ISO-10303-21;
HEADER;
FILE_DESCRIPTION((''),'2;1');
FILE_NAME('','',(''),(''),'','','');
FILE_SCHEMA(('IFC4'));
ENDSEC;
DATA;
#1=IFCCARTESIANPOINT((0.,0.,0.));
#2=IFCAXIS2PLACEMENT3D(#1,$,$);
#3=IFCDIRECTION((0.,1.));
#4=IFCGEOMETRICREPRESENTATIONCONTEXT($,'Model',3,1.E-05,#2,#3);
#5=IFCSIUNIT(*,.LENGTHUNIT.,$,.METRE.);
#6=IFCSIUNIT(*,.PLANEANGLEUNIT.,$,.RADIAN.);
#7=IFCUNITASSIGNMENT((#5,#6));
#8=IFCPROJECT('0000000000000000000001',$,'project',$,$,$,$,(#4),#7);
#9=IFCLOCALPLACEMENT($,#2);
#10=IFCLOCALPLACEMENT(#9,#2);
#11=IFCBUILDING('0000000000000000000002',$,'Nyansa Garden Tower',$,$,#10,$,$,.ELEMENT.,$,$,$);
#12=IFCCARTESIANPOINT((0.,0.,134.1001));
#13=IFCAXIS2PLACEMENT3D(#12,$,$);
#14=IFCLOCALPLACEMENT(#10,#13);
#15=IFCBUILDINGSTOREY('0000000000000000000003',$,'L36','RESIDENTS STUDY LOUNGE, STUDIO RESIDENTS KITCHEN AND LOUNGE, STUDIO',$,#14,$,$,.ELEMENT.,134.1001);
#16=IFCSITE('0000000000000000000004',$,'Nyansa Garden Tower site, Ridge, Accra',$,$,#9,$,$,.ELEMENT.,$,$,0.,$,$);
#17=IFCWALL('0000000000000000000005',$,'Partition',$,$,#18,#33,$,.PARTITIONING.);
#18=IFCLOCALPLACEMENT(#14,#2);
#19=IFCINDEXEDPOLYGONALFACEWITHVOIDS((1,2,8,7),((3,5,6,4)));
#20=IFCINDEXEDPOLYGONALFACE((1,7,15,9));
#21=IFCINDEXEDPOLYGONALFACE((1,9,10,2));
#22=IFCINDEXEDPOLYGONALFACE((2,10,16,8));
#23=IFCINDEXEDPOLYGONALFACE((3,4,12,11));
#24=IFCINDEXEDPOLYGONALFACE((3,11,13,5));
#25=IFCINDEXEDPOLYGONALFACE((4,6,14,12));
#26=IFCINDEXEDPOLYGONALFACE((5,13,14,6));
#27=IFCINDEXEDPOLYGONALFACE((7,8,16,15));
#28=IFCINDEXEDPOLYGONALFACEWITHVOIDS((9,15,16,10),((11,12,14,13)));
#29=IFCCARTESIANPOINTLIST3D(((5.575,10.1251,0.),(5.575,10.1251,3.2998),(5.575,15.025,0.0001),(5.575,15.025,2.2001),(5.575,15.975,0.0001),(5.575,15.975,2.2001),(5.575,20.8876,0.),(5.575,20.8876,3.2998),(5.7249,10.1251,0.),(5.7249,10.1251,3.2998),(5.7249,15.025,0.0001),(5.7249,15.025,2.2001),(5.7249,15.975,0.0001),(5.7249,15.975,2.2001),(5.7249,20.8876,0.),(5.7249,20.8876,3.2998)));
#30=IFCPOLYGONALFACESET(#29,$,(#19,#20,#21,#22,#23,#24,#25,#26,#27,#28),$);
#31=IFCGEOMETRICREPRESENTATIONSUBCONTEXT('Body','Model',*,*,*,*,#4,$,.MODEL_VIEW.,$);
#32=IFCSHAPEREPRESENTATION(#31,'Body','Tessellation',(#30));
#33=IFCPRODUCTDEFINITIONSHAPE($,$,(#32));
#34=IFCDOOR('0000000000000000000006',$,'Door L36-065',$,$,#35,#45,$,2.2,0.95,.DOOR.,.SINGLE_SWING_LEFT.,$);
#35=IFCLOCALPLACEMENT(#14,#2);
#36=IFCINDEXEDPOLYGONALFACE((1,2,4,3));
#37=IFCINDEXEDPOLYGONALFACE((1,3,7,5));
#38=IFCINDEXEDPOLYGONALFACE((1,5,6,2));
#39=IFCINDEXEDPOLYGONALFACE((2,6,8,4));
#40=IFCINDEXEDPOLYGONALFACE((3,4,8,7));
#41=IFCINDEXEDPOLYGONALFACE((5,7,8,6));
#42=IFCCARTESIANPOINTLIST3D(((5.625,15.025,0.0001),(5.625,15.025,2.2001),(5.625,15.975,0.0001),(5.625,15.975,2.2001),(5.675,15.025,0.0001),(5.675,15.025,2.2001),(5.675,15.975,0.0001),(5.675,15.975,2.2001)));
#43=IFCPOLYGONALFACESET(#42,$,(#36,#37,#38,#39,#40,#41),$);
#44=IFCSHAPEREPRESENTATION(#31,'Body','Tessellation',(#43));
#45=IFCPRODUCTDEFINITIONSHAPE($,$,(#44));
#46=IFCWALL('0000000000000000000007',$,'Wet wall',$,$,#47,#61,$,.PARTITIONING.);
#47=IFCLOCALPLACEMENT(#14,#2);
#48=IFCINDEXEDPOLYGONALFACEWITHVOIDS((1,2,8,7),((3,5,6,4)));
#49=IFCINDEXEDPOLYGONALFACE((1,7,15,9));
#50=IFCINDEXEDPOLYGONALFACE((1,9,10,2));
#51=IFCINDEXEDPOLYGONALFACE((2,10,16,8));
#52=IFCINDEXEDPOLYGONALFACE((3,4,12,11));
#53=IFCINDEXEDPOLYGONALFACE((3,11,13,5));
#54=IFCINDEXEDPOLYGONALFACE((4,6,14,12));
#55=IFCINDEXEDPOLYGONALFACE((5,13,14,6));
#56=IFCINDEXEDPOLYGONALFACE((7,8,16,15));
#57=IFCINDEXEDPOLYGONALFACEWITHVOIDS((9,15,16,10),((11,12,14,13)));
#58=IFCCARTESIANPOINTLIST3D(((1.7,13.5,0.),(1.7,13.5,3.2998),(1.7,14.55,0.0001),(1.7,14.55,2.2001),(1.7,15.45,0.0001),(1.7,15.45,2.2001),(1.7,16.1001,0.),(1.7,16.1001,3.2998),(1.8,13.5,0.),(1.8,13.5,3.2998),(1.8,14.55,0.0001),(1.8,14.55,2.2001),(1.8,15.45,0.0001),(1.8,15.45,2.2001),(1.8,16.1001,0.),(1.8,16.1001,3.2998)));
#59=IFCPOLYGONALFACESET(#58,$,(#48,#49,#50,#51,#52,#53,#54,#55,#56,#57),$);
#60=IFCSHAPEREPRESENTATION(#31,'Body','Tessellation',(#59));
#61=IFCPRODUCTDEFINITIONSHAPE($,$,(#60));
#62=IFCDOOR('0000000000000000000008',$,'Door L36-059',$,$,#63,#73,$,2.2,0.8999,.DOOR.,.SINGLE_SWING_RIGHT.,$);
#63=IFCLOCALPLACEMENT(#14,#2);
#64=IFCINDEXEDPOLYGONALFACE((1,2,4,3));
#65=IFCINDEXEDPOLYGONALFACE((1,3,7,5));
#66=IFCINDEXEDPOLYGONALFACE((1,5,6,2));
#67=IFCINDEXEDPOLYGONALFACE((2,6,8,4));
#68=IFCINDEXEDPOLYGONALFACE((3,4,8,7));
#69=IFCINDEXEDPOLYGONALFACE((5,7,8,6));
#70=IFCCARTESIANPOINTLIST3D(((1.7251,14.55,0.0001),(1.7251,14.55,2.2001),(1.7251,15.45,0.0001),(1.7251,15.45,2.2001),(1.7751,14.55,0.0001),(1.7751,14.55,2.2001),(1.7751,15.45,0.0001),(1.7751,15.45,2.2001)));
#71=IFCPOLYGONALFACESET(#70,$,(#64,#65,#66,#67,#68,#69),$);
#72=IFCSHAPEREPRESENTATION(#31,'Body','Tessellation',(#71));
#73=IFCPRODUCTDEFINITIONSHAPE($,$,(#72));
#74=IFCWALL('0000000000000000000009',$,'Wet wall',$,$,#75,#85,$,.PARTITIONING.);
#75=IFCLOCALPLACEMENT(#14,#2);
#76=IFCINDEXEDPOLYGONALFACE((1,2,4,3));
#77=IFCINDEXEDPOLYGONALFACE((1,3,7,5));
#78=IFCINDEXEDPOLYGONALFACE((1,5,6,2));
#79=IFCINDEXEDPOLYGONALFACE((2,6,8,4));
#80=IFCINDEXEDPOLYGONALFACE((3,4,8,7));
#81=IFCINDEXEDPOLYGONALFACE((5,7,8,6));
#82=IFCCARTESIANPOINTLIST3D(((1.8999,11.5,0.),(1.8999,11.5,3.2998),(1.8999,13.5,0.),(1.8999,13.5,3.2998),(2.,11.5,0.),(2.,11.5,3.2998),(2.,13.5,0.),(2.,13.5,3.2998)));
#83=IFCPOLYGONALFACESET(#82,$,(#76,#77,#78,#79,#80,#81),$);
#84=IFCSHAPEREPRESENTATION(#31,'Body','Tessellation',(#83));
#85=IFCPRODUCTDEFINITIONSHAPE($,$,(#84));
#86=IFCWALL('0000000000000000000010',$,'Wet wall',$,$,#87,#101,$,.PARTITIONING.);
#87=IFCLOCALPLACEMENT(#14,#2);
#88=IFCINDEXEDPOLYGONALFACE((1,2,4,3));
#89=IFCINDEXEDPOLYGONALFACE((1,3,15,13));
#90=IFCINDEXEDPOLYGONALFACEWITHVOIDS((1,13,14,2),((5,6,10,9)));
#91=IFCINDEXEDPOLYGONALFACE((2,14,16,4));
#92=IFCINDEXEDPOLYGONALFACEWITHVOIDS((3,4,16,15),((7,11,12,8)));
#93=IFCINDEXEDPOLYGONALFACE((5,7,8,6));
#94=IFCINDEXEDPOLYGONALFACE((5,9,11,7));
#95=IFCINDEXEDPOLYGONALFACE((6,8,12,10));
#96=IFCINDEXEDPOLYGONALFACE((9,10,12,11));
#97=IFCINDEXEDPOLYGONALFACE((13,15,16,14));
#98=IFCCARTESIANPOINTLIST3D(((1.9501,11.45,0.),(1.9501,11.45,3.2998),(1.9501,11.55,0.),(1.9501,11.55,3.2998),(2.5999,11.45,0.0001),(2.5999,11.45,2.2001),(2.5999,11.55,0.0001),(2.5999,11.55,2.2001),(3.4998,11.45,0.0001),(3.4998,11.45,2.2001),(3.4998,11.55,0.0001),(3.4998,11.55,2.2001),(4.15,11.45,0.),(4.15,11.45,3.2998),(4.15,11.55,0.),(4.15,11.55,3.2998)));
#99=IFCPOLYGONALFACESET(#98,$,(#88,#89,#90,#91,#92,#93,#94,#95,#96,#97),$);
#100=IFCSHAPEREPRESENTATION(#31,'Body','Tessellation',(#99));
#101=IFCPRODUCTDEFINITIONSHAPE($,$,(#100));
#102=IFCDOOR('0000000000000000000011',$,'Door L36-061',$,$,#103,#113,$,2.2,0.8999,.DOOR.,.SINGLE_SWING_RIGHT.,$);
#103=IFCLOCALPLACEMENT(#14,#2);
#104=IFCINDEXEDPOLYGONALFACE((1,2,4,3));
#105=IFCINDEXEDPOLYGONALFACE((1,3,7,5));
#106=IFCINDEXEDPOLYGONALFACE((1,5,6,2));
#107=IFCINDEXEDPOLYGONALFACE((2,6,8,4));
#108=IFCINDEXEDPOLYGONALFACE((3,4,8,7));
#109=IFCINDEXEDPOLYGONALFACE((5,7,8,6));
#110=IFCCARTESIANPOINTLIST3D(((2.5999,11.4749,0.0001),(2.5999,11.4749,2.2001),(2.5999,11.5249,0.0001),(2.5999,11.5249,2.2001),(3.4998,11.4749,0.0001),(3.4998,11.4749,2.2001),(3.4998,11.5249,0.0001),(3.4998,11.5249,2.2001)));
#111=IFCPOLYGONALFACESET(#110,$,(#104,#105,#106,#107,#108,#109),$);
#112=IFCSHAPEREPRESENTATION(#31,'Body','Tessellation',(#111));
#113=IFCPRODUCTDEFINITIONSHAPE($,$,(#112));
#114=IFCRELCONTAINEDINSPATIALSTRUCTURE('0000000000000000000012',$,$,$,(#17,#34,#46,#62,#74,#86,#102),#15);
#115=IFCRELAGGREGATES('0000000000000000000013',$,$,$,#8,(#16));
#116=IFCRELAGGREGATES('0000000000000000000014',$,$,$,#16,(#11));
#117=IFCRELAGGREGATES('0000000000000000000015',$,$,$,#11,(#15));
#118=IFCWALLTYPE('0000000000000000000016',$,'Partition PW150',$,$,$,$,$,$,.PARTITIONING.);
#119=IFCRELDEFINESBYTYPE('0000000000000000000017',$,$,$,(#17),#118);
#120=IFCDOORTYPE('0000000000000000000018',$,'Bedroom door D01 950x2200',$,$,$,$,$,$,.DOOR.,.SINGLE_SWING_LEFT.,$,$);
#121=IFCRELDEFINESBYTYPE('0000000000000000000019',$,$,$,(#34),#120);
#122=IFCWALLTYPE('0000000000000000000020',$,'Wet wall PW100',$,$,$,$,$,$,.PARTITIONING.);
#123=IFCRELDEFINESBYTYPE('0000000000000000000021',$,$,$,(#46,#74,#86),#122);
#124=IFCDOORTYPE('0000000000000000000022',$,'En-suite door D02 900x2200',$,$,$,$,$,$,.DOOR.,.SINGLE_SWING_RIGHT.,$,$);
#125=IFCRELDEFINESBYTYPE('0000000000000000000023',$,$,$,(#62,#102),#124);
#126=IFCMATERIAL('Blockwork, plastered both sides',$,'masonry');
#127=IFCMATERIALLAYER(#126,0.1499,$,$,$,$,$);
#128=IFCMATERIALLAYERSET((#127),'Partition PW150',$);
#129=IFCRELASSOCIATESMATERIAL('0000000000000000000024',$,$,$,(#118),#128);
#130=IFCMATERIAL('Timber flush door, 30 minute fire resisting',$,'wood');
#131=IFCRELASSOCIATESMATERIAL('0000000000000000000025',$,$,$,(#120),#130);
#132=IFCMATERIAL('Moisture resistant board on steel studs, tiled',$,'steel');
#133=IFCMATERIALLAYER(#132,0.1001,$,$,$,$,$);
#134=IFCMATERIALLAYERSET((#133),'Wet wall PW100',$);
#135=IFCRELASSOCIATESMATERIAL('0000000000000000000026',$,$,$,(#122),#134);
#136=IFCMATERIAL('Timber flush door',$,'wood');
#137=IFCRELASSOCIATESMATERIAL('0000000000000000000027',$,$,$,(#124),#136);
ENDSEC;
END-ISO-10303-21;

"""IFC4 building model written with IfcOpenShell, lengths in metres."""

from ifc_helpers import new_model, si_unit, direction, frame, frame_2d, origin, place, context, subcontext, project, spatial, rectangle, extrude, material, layer, layer_set, type_object, element, fill, save


model = new_model("IFC4")

# Units and contexts
model_context = context("Model", 3, precision=1e-05, world=origin(), true_north=direction((0.0, 1.0)))
body_context = subcontext(model_context, "Body", "Model", "MODEL_VIEW")
ifc_project = project(units=[si_unit("LENGTHUNIT", "METRE"), si_unit("PLANEANGLEUNIT", "RADIAN")], contexts=[model_context])

# Site, building, storey
site_placement = place(None, origin())
site = spatial("IfcSite", under=ifc_project, at=site_placement, Name="Nyansa Garden Tower site, Ridge, Accra", CompositionType="ELEMENT", RefElevation=0.0)
building_placement = place(site_placement, origin())
building = spatial("IfcBuilding", under=site, at=building_placement, Name="Nyansa Garden Tower", CompositionType="ELEMENT")
storey_placement = place(building_placement, frame((0.0, 0.0, 134.1001)))
storey = spatial("IfcBuildingStorey", under=building, at=storey_placement, Name="L36", Description="RESIDENTS STUDY LOUNGE, STUDIO RESIDENTS KITCHEN AND LOUNGE, STUDIO", CompositionType="ELEMENT", Elevation=134.1001)

# Shared definitions
ifc_material_1 = material(Name="Blockwork, plastered both sides", Category="masonry")
ifc_layer_1 = layer(ifc_material_1, 0.1499)
ifc_layer_set_1 = layer_set([ifc_layer_1], Name="Partition PW150")
wall_type_1 = type_object("IfcWallType", Name="Partition PW150", PredefinedType="PARTITIONING", material=ifc_layer_set_1)

# Shared definitions
ifc_material_2 = material(Name="Timber flush door, 30 minute fire resisting", Category="wood")
door_type_1 = type_object("IfcDoorType", Name="Bedroom door D01 950x2200", OperationType="SINGLE_SWING_LEFT", PredefinedType="DOOR", material=ifc_material_2)

# Walls, openings, doors
wall_1_placement = place(storey_placement, frame((5.6499, 10.125, 0.0), z_axis=(0.0, 0.0, 1.0), x_axis=(0.0, 1.0, 0.0)))
wall_1 = element("IfcWall", 1, at=wall_1_placement, inside=storey, type_object=wall_type_1, Name="Partition", PredefinedType="PARTITIONING", context=body_context, shape_type="SweptSolid", body=[
    extrude(rectangle(XDim=10.7625, YDim=0.1499, at=frame_2d((5.3813, 0.0))), origin(), (0.0, 0.0, 1.0), 3.2998),
])
opening_1_placement = place(wall_1_placement, frame((4.8999, 0.0, 0.0)))
opening_1 = element("IfcOpeningElement", 2, at=opening_1_placement, cuts=wall_1, PredefinedType="OPENING", context=body_context, shape_type="SweptSolid", body=[
    extrude(rectangle(XDim=0.95, YDim=2.2, at=frame_2d((0.4751, 1.1001))), frame((0.0, 0.085, 0.0), z_axis=(0.0, -1.0, 0.0), x_axis=(1.0, 0.0, 0.0)), (0.0, 0.0, 1.0), 0.1699),
])
door_1_placement = place(opening_1_placement, origin())
door_1 = element("IfcDoor", 3, at=door_1_placement, inside=storey, type_object=door_type_1, Name="Door L36-065", OperationType="SINGLE_SWING_LEFT", OverallHeight=2.2, OverallWidth=0.95, PredefinedType="DOOR", context=body_context, shape_type="SweptSolid", body=[
    extrude(rectangle(XDim=0.95, YDim=2.2, at=frame_2d((0.4751, 1.1001))), frame((0.0, 0.0249, 0.0), z_axis=(0.0, -1.0, 0.0), x_axis=(1.0, 0.0, 0.0)), (0.0, 0.0, 1.0), 0.05),
])
fill(opening_1, door_1)
ifc_material_3 = material(Name="Moisture resistant board on steel studs, tiled", Category="steel")
ifc_layer_2 = layer(ifc_material_3, 0.1001)
ifc_layer_set_2 = layer_set([ifc_layer_2], Name="Wet wall PW100")
wall_type_2 = type_object("IfcWallType", Name="Wet wall PW100", PredefinedType="PARTITIONING", material=ifc_layer_set_2)
wall_2_placement = place(storey_placement, frame((1.75, 13.5, 0.0), z_axis=(0.0, 0.0, 1.0), x_axis=(0.0, 1.0, 0.0)))
wall_2 = element("IfcWall", 4, at=wall_2_placement, inside=storey, type_object=wall_type_2, Name="Wet wall", PredefinedType="PARTITIONING", context=body_context, shape_type="SweptSolid", body=[
    extrude(rectangle(XDim=2.6001, YDim=0.1001, at=frame_2d((1.3, 0.0))), origin(), (0.0, 0.0, 1.0), 3.2998),
])
opening_2_placement = place(wall_2_placement, frame((1.05, 0.0, 0.0)))
opening_2 = element("IfcOpeningElement", 5, at=opening_2_placement, cuts=wall_2, PredefinedType="OPENING", context=body_context, shape_type="SweptSolid", body=[
    extrude(rectangle(XDim=0.8999, YDim=2.2, at=frame_2d((0.45, 1.1001))), frame((0.0, 0.0601, 0.0), z_axis=(0.0, -1.0, 0.0), x_axis=(1.0, 0.0, 0.0)), (0.0, 0.0, 1.0), 0.1201),
])
ifc_material_4 = material(Name="Timber flush door", Category="wood")
door_type_2 = type_object("IfcDoorType", Name="En-suite door D02 900x2200", OperationType="SINGLE_SWING_RIGHT", PredefinedType="DOOR", material=ifc_material_4)
door_2_placement = place(opening_2_placement, origin())
door_2 = element("IfcDoor", 6, at=door_2_placement, inside=storey, type_object=door_type_2, Name="Door L36-059", OperationType="SINGLE_SWING_RIGHT", OverallHeight=2.2, OverallWidth=0.8999, PredefinedType="DOOR", context=body_context, shape_type="SweptSolid", body=[
    extrude(rectangle(XDim=0.8999, YDim=2.2, at=frame_2d((0.45, 1.1001))), frame((0.0, 0.0249, 0.0), z_axis=(0.0, -1.0, 0.0), x_axis=(1.0, 0.0, 0.0)), (0.0, 0.0, 1.0), 0.05),
])
fill(opening_2, door_2)

# Wall
wall_3_placement = place(storey_placement, frame((1.95, 11.5, 0.0), z_axis=(0.0, 0.0, 1.0), x_axis=(0.0, 1.0, 0.0)))
element("IfcWall", 7, at=wall_3_placement, inside=storey, type_object=wall_type_2, Name="Wet wall", PredefinedType="PARTITIONING", context=body_context, shape_type="SweptSolid", body=[
    extrude(rectangle(XDim=2.0, YDim=0.1001, at=frame_2d((1.0, 0.0))), origin(), (0.0, 0.0, 1.0), 3.2998),
])

# Wall, opening, door
wall_4_placement = place(storey_placement, frame((1.95, 11.5, 0.0), z_axis=(0.0, 0.0, 1.0), x_axis=(1.0, 0.0, 0.0)))
wall_4 = element("IfcWall", 8, at=wall_4_placement, inside=storey, type_object=wall_type_2, Name="Wet wall", PredefinedType="PARTITIONING", context=body_context, shape_type="SweptSolid", body=[
    extrude(rectangle(XDim=2.2, YDim=0.1001, at=frame_2d((1.1001, 0.0))), origin(), (0.0, 0.0, 1.0), 3.2998),
])
opening_3_placement = place(wall_4_placement, frame((0.6499, 0.0, 0.0)))
opening_3 = element("IfcOpeningElement", 9, at=opening_3_placement, cuts=wall_4, PredefinedType="OPENING", context=body_context, shape_type="SweptSolid", body=[
    extrude(rectangle(XDim=0.8999, YDim=2.2, at=frame_2d((0.45, 1.1001))), frame((0.0, 0.0601, 0.0), z_axis=(0.0, -1.0, 0.0), x_axis=(1.0, 0.0, 0.0)), (0.0, 0.0, 1.0), 0.1201),
])
door_3_placement = place(opening_3_placement, origin())
door_3 = element("IfcDoor", 10, at=door_3_placement, inside=storey, type_object=door_type_2, Name="Door L36-061", OperationType="SINGLE_SWING_RIGHT", OverallHeight=2.2, OverallWidth=0.8999, PredefinedType="DOOR", context=body_context, shape_type="SweptSolid", body=[
    extrude(rectangle(XDim=0.8999, YDim=2.2, at=frame_2d((0.45, 1.1001))), frame((0.0, 0.0249, 0.0), z_axis=(0.0, -1.0, 0.0), x_axis=(1.0, 0.0, 0.0)), (0.0, 0.0, 1.0), 0.05),
])
fill(opening_3, door_3)

save(model, "model.ifc")
